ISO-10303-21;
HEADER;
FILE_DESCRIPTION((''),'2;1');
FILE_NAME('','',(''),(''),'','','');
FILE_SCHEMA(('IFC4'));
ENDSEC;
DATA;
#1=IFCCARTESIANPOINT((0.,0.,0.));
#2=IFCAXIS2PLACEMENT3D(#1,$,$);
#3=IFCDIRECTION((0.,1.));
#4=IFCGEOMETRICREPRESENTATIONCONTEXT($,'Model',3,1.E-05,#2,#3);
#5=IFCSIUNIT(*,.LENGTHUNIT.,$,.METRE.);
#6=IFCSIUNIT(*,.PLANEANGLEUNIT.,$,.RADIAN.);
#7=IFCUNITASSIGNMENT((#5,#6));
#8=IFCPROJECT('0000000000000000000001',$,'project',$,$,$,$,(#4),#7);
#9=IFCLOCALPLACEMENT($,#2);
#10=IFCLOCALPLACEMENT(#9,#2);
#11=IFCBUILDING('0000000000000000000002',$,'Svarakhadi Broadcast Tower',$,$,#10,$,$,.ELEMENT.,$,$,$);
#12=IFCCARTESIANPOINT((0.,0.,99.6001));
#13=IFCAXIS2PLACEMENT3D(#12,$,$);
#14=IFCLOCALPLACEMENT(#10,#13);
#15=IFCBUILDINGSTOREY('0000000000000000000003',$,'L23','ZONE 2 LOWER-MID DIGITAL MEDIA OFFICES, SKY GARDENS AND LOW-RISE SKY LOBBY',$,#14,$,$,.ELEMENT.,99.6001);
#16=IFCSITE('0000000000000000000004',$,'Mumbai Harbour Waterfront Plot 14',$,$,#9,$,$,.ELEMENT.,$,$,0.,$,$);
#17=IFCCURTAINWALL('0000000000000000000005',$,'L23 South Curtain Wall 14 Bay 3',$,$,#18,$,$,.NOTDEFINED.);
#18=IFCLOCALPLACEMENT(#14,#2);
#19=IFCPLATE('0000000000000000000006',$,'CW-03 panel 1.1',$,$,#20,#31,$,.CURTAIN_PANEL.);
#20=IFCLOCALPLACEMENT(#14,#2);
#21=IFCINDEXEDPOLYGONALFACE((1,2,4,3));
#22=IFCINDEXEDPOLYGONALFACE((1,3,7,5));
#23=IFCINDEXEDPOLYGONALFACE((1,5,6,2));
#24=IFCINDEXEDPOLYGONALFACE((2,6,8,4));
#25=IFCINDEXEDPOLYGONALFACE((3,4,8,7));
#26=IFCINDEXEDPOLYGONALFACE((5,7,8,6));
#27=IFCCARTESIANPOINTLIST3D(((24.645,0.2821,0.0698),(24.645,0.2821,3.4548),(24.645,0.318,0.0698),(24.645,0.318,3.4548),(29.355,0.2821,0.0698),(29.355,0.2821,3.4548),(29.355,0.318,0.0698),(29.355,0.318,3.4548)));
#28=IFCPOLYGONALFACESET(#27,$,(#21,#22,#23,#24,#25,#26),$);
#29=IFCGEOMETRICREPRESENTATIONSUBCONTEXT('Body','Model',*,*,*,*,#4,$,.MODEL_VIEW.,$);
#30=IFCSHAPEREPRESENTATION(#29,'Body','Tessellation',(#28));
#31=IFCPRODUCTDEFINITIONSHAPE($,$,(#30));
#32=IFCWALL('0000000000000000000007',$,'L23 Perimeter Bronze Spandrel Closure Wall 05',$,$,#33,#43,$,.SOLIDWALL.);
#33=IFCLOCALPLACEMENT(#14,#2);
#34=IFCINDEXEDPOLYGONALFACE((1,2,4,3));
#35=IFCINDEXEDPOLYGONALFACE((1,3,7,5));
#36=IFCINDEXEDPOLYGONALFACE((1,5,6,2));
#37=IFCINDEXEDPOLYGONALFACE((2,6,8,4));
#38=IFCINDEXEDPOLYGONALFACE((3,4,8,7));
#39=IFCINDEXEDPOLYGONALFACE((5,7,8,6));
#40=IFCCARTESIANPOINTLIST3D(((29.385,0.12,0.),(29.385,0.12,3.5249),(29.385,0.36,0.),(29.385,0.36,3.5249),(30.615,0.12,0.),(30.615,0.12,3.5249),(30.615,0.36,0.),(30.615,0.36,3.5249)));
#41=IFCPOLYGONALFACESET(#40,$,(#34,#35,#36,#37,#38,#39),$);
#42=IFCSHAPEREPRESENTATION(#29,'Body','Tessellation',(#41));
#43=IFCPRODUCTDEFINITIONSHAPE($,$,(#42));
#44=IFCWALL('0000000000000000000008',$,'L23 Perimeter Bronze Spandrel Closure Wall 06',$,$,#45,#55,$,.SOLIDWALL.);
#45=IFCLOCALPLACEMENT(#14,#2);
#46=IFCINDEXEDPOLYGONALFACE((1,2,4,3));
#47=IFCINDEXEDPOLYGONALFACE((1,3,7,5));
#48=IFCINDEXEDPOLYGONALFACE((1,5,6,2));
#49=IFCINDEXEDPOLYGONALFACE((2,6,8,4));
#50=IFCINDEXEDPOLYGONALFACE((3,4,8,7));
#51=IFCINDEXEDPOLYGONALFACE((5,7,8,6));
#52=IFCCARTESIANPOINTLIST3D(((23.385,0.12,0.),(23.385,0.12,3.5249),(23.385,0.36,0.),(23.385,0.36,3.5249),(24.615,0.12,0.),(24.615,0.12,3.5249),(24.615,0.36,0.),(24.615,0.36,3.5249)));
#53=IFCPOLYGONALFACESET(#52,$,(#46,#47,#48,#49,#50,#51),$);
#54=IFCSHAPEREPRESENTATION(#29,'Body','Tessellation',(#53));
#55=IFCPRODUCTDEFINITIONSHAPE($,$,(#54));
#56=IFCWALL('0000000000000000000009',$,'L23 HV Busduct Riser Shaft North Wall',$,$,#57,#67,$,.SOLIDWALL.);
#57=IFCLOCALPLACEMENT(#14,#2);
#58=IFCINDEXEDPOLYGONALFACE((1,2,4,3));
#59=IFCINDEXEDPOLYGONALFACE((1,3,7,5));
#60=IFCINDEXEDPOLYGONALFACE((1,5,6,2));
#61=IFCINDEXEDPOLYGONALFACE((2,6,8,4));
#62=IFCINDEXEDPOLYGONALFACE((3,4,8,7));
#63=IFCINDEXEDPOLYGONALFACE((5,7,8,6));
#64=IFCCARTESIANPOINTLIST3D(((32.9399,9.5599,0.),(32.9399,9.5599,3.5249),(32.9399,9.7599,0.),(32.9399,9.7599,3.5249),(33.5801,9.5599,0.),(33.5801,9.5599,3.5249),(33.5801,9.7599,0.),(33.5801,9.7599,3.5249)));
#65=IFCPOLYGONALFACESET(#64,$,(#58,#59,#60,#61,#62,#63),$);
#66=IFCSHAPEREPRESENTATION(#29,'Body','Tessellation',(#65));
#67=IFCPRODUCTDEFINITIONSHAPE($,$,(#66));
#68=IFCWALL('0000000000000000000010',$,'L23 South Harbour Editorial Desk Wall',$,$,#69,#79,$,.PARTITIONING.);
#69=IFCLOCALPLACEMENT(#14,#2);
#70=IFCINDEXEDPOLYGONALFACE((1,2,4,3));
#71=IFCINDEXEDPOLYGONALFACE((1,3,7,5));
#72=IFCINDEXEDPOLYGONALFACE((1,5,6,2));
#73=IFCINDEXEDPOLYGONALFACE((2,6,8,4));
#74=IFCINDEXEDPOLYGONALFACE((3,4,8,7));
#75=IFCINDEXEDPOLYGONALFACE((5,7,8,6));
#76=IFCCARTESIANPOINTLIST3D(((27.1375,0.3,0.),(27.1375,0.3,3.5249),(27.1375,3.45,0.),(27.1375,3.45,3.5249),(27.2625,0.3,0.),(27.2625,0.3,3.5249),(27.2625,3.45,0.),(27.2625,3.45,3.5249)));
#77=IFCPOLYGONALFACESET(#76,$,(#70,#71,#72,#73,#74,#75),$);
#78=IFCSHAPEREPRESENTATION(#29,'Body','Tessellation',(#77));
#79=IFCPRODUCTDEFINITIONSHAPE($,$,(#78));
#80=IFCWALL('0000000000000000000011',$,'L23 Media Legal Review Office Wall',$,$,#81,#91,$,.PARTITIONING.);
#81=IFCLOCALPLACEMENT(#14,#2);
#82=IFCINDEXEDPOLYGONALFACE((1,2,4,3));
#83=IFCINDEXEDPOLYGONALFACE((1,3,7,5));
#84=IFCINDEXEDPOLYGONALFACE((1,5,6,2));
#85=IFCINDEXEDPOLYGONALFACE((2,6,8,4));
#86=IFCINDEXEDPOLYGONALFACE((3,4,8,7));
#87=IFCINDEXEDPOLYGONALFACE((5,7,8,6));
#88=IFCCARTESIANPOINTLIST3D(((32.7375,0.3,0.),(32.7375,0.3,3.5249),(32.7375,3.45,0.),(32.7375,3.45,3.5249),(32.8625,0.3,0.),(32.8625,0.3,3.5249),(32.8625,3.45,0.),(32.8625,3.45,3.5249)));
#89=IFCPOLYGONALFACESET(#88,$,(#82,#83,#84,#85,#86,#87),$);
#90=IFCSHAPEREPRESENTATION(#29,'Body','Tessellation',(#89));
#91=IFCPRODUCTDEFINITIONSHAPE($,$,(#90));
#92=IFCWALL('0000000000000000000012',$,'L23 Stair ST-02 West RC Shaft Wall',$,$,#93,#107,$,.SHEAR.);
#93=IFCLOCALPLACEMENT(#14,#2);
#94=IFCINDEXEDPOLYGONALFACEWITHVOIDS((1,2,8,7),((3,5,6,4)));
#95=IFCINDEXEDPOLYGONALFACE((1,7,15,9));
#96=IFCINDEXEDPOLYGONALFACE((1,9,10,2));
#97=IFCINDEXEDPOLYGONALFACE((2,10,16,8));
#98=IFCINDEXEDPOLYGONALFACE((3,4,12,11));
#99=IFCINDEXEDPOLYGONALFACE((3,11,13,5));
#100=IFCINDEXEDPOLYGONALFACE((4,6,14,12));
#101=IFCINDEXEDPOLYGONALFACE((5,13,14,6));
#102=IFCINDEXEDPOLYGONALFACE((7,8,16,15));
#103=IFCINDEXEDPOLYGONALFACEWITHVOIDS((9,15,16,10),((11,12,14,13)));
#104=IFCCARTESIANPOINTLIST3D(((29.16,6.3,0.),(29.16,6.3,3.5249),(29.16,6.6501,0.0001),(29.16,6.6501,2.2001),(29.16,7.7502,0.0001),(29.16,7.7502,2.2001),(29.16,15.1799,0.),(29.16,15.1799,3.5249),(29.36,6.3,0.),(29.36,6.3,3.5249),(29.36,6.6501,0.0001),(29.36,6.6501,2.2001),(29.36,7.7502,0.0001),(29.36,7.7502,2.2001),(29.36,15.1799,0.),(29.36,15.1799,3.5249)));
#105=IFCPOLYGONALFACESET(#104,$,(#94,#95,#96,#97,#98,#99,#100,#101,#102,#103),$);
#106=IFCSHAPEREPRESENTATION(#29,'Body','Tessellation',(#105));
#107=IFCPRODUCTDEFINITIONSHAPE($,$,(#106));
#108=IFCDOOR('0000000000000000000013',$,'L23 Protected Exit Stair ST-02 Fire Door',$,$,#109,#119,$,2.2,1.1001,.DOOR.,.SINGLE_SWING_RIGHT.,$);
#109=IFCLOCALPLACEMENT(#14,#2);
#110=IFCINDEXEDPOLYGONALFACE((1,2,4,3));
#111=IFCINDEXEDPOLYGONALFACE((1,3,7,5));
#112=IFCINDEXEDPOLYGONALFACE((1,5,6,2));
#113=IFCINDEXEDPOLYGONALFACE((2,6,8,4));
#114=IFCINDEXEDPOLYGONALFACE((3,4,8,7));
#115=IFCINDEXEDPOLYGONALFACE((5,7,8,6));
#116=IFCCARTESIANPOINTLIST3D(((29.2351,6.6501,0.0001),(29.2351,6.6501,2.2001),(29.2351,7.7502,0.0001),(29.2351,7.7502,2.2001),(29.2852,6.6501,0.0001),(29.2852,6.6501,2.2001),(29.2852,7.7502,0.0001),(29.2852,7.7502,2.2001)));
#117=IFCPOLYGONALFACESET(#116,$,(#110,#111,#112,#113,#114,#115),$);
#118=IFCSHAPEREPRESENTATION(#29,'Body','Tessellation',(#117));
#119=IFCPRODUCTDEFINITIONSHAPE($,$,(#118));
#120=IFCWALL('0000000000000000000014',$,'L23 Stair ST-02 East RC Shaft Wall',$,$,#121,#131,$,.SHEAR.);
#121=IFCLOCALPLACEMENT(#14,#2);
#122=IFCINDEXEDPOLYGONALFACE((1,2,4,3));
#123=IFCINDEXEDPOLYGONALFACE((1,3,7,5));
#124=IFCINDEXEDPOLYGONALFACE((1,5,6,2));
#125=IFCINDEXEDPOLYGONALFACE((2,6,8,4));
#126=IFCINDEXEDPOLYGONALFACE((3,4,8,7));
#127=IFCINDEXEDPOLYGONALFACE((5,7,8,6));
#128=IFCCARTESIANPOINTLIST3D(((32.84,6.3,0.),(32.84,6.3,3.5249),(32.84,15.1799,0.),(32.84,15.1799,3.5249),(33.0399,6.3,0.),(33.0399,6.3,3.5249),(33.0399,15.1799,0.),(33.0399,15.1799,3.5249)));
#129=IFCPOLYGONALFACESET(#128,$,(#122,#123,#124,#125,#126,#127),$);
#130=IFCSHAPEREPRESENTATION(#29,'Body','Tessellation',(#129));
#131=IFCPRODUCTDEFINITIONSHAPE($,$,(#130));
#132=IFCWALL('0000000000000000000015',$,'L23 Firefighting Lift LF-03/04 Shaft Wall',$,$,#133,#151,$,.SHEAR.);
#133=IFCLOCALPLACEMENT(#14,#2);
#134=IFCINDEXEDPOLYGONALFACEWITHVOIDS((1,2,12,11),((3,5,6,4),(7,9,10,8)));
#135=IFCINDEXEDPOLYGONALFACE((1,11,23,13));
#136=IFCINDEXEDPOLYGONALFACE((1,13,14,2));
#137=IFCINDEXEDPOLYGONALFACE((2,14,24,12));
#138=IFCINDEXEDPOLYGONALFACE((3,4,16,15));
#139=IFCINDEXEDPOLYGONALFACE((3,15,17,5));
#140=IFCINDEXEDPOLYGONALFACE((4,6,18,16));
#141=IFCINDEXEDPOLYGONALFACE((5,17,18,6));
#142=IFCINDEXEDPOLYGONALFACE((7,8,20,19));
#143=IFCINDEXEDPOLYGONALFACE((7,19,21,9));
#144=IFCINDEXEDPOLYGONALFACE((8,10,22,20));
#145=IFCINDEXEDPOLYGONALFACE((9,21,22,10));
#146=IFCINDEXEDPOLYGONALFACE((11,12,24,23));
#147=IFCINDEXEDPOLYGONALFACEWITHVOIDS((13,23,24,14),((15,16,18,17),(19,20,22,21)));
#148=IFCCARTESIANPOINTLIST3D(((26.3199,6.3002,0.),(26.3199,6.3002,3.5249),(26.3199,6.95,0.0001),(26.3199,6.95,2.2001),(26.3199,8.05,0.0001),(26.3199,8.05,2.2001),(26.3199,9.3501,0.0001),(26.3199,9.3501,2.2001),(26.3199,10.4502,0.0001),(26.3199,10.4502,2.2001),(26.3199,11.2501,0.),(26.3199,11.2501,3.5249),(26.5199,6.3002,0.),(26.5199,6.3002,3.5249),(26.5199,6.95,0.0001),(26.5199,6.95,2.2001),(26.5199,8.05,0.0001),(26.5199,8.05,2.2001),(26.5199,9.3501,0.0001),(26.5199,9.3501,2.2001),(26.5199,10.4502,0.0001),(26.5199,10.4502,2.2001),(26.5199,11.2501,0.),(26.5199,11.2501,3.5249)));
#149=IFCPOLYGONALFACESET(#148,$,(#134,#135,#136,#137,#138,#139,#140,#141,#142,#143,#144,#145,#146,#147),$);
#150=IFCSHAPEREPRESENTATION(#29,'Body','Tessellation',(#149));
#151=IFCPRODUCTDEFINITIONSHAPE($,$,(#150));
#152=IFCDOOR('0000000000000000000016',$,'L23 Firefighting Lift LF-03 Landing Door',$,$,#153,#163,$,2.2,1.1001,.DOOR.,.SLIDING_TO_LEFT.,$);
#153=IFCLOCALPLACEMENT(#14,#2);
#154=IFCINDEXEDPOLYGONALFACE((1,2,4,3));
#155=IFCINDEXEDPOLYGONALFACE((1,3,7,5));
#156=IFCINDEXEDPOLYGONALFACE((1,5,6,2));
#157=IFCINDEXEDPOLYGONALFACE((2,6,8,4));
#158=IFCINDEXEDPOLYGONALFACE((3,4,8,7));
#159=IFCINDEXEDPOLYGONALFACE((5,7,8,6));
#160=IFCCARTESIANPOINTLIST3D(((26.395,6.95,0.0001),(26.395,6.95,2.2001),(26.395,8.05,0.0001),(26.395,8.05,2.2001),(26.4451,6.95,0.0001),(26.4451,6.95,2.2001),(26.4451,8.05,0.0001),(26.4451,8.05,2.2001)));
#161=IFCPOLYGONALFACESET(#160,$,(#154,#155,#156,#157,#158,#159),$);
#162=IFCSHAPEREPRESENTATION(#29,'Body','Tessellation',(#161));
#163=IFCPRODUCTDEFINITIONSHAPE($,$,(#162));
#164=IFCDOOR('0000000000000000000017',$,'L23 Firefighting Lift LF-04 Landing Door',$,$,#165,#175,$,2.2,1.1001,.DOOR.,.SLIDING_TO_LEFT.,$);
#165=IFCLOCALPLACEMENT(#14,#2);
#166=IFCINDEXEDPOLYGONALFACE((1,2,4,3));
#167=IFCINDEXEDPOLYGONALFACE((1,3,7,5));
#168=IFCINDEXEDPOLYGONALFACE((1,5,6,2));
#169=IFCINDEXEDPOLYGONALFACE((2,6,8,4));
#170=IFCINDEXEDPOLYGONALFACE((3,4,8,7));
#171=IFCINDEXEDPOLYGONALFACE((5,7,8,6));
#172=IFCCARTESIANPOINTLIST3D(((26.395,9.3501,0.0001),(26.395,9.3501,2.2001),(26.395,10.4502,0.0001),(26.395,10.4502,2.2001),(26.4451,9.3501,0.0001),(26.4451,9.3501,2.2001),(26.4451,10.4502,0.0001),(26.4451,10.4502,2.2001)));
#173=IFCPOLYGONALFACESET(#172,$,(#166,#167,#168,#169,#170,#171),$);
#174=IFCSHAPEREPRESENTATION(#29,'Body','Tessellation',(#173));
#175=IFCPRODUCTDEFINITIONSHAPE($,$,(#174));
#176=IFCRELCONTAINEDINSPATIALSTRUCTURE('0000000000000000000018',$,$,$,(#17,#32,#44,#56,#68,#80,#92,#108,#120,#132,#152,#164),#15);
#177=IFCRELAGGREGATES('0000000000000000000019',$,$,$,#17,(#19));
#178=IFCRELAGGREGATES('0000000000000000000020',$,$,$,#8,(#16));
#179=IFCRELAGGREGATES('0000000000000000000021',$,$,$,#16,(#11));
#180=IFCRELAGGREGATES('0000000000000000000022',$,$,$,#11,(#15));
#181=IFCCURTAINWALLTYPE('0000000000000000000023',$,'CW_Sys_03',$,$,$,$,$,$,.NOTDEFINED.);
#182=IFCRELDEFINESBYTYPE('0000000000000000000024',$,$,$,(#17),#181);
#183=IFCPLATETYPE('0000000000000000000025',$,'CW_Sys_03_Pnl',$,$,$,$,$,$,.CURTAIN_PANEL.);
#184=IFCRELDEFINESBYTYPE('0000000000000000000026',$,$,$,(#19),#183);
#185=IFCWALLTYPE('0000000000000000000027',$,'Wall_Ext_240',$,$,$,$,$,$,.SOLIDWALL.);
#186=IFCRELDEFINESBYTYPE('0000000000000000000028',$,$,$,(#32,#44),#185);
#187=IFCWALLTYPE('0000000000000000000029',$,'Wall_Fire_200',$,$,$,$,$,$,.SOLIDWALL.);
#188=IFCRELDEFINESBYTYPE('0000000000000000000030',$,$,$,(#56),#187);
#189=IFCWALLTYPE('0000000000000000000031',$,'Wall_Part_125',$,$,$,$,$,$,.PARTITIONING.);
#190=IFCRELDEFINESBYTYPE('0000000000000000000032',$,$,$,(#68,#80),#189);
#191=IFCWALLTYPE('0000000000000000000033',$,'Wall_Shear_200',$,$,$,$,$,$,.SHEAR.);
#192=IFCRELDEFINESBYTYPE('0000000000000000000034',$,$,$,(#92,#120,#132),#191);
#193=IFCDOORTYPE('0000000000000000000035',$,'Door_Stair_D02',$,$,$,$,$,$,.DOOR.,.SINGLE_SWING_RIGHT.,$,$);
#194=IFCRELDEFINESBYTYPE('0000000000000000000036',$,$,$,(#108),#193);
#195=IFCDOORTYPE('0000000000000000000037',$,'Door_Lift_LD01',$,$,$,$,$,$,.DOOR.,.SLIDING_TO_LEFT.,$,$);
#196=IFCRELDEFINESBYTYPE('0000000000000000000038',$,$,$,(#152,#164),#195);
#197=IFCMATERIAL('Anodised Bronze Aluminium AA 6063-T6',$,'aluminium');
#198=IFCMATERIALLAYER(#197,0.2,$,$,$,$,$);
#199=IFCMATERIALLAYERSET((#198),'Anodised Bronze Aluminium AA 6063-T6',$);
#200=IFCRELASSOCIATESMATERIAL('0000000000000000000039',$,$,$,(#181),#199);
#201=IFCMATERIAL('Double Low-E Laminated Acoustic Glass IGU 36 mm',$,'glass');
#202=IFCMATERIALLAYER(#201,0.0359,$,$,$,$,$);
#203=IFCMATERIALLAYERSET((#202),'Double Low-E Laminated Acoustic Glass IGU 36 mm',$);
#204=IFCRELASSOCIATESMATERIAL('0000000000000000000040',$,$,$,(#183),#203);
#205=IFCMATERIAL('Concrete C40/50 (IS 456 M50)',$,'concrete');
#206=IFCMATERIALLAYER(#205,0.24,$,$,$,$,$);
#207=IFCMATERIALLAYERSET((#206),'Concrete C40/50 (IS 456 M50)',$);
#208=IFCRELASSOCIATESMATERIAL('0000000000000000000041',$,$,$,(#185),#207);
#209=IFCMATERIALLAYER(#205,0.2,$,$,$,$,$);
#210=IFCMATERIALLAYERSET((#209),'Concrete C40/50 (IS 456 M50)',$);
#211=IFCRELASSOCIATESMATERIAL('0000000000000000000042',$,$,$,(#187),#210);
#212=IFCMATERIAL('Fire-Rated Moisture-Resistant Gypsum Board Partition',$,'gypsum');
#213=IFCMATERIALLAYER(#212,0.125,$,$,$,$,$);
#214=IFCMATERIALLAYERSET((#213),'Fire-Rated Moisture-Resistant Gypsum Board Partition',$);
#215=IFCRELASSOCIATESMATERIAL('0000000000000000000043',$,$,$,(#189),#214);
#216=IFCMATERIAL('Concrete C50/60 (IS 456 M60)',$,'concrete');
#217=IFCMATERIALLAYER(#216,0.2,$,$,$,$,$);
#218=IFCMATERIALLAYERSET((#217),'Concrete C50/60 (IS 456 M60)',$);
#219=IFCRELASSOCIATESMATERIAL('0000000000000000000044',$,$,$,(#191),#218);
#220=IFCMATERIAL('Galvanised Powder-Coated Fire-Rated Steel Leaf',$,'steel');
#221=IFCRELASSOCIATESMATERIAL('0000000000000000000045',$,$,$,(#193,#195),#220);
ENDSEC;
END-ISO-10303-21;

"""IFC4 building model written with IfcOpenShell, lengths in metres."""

from ifc_helpers import new_model, si_unit, direction, frame, frame_2d, origin, origin_2d, place, context, subcontext, project, spatial, rectangle, extrude, material, layer, layer_set, type_object, element, fill, aggregate, save


model = new_model("IFC4")

# Units and contexts
model_context = context("Model", 3, precision=1e-05, world=origin(), true_north=direction((0.0, 1.0)))
body_context = subcontext(model_context, "Body", "Model", "MODEL_VIEW")
ifc_project = project(units=[si_unit("LENGTHUNIT", "METRE"), si_unit("PLANEANGLEUNIT", "RADIAN")], contexts=[model_context])

# Site, building, storey
site_placement = place(None, origin())
site = spatial("IfcSite", under=ifc_project, at=site_placement, Name="Mumbai Harbour Waterfront Plot 14", CompositionType="ELEMENT", RefElevation=0.0)
building_placement = place(site_placement, origin())
building = spatial("IfcBuilding", under=site, at=building_placement, Name="Svarakhadi Broadcast Tower", CompositionType="ELEMENT")
storey_placement = place(building_placement, frame((0.0, 0.0, 99.6001)))
storey = spatial("IfcBuildingStorey", under=building, at=storey_placement, Name="L23", Description="ZONE 2 LOWER-MID DIGITAL MEDIA OFFICES, SKY GARDENS AND LOW-RISE SKY LOBBY", CompositionType="ELEMENT", Elevation=99.6001)

# Shared definitions
ifc_material_1 = material(Name="Concrete C50/60 (IS 456 M60)", Category="concrete")

# Shared definitions
ifc_material_2 = material(Name="Anodised Bronze Aluminium AA 6063-T6", Category="aluminium")
ifc_layer_1 = layer(ifc_material_2, 0.2)
ifc_layer_set_1 = layer_set([ifc_layer_1], Name="Anodised Bronze Aluminium AA 6063-T6")
curtain_wall_type = type_object("IfcCurtainWallType", Name="CW_Sys_03", PredefinedType="NOTDEFINED", material=ifc_layer_set_1)

# Curtain wall
curtain_wall_1_placement = place(storey_placement, origin())
curtain_wall_1 = element("IfcCurtainWall", 1, at=curtain_wall_1_placement, inside=storey, type_object=curtain_wall_type, Name="L23 South Curtain Wall 14 Bay 3", PredefinedType="NOTDEFINED")

# Plate
ifc_material_3 = material(Name="Double Low-E Laminated Acoustic Glass IGU 36 mm", Category="glass")
ifc_layer_2 = layer(ifc_material_3, 0.0359)
ifc_layer_set_2 = layer_set([ifc_layer_2], Name="Double Low-E Laminated Acoustic Glass IGU 36 mm")
plate_type = type_object("IfcPlateType", Name="CW_Sys_03_Pnl", PredefinedType="CURTAIN_PANEL", material=ifc_layer_set_2)
plate_1_placement = place(storey_placement, frame((27.0, 0.3, 0.0698), z_axis=(0.0, 0.0, 1.0), x_axis=(-1.0, 0.0, 0.0)))
plate_1 = element("IfcPlate", 2, at=plate_1_placement, type_object=plate_type, Name="CW-03 panel 1.1", PredefinedType="CURTAIN_PANEL", context=body_context, shape_type="SweptSolid", body=[
    extrude(rectangle(XDim=4.71, YDim=0.0359, at=origin_2d()), origin(), (0.0, 0.0, 1.0), 3.385),
])
aggregate(curtain_wall_1, [plate_1])

# Walls
ifc_material_4 = material(Name="Concrete C40/50 (IS 456 M50)", Category="concrete")
ifc_layer_3 = layer(ifc_material_4, 0.24)
ifc_layer_set_3 = layer_set([ifc_layer_3], Name="Concrete C40/50 (IS 456 M50)")
wall_type_1 = type_object("IfcWallType", Name="Wall_Ext_240", PredefinedType="SOLIDWALL", material=ifc_layer_set_3)
for number, where, z_axis, x_axis, name in (
    (3, (30.615, 0.24, 0.0), (0.0, 0.0, 1.0), (-1.0, 0.0, 0.0), "L23 Perimeter Bronze Spandrel Closure Wall 05"),
    (4, (24.615, 0.24, 0.0), (0.0, 0.0, 1.0), (-1.0, 0.0, 0.0), "L23 Perimeter Bronze Spandrel Closure Wall 06"),
):
    element("IfcWall", number, at=place(storey_placement, frame(where, z_axis=z_axis, x_axis=x_axis)), inside=storey, type_object=wall_type_1, Name=name, PredefinedType="SOLIDWALL", context=body_context, shape_type="SweptSolid", body=[
        extrude(rectangle(XDim=1.23, YDim=0.24, at=frame_2d((0.615, 0.0))), origin(), (0.0, 0.0, 1.0), 3.5249),
    ])
ifc_layer_4 = layer(ifc_material_4, 0.2)
ifc_layer_set_4 = layer_set([ifc_layer_4], Name="Concrete C40/50 (IS 456 M50)")
wall_type_2 = type_object("IfcWallType", Name="Wall_Fire_200", PredefinedType="SOLIDWALL", material=ifc_layer_set_4)
wall_1_placement = place(storey_placement, frame((32.9399, 9.6599, 0.0), z_axis=(0.0, 0.0, 1.0), x_axis=(1.0, 0.0, 0.0)))
element("IfcWall", 5, at=wall_1_placement, inside=storey, type_object=wall_type_2, Name="L23 HV Busduct Riser Shaft North Wall", PredefinedType="SOLIDWALL", context=body_context, shape_type="SweptSolid", body=[
    extrude(rectangle(XDim=0.6401, YDim=0.2, at=frame_2d((0.3201, 0.0))), origin(), (0.0, 0.0, 1.0), 3.5249),
])
ifc_material_5 = material(Name="Fire-Rated Moisture-Resistant Gypsum Board Partition", Category="gypsum")
ifc_layer_5 = layer(ifc_material_5, 0.125)
ifc_layer_set_5 = layer_set([ifc_layer_5], Name="Fire-Rated Moisture-Resistant Gypsum Board Partition")
wall_type_3 = type_object("IfcWallType", Name="Wall_Part_125", PredefinedType="PARTITIONING", material=ifc_layer_set_5)
for number, where, z_axis, x_axis, name in (
    (6, (27.2, 0.3, 0.0), (0.0, 0.0, 1.0), (0.0, 1.0, 0.0), "L23 South Harbour Editorial Desk Wall"),
    (7, (32.8, 0.3, 0.0), (0.0, 0.0, 1.0), (0.0, 1.0, 0.0), "L23 Media Legal Review Office Wall"),
):
    element("IfcWall", number, at=place(storey_placement, frame(where, z_axis=z_axis, x_axis=x_axis)), inside=storey, type_object=wall_type_3, Name=name, PredefinedType="PARTITIONING", context=body_context, shape_type="SweptSolid", body=[
        extrude(rectangle(XDim=3.1499, YDim=0.125, at=frame_2d((1.575, 0.0))), origin(), (0.0, 0.0, 1.0), 3.5249),
    ])

# Wall, opening, door
ifc_layer_6 = layer(ifc_material_1, 0.2)
ifc_layer_set_6 = layer_set([ifc_layer_6], Name="Concrete C50/60 (IS 456 M60)")
wall_type_4 = type_object("IfcWallType", Name="Wall_Shear_200", PredefinedType="SHEAR", material=ifc_layer_set_6)
wall_2_placement = place(storey_placement, frame((29.26, 6.3, 0.0), z_axis=(0.0, 0.0, 1.0), x_axis=(0.0, 1.0, 0.0)))
wall_2 = element("IfcWall", 8, at=wall_2_placement, inside=storey, type_object=wall_type_4, Name="L23 Stair ST-02 West RC Shaft Wall", PredefinedType="SHEAR", context=body_context, shape_type="SweptSolid", body=[
    extrude(rectangle(XDim=8.8799, YDim=0.2, at=frame_2d((4.4399, 0.0))), origin(), (0.0, 0.0, 1.0), 3.5249),
])
opening_1_placement = place(wall_2_placement, frame((0.3501, 0.0, 0.0)))
opening_1 = element("IfcOpeningElement", 9, at=opening_1_placement, cuts=wall_2, PredefinedType="OPENING", context=body_context, shape_type="SweptSolid", body=[
    extrude(rectangle(XDim=1.1001, YDim=2.2, at=frame_2d((0.55, 1.1001))), frame((0.0, 0.1099, 0.0), z_axis=(0.0, -1.0, 0.0), x_axis=(1.0, 0.0, 0.0)), (0.0, 0.0, 1.0), 0.22),
])
ifc_material_6 = material(Name="Galvanised Powder-Coated Fire-Rated Steel Leaf", Category="steel")
door_type_1 = type_object("IfcDoorType", Name="Door_Stair_D02", OperationType="SINGLE_SWING_RIGHT", PredefinedType="DOOR", material=ifc_material_6)
door_1_placement = place(opening_1_placement, origin())
door_1 = element("IfcDoor", 10, at=door_1_placement, inside=storey, type_object=door_type_1, Name="L23 Protected Exit Stair ST-02 Fire Door", OperationType="SINGLE_SWING_RIGHT", OverallHeight=2.2, OverallWidth=1.1001, PredefinedType="DOOR", context=body_context, shape_type="SweptSolid", body=[
    extrude(rectangle(XDim=1.1001, YDim=2.2, at=frame_2d((0.55, 1.1001))), frame((0.0, 0.0249, 0.0), z_axis=(0.0, -1.0, 0.0), x_axis=(1.0, 0.0, 0.0)), (0.0, 0.0, 1.0), 0.05),
])
fill(opening_1, door_1)

# Wall
wall_3_placement = place(storey_placement, frame((32.9399, 6.3, 0.0), z_axis=(0.0, 0.0, 1.0), x_axis=(0.0, 1.0, 0.0)))
element("IfcWall", 11, at=wall_3_placement, inside=storey, type_object=wall_type_4, Name="L23 Stair ST-02 East RC Shaft Wall", PredefinedType="SHEAR", context=body_context, shape_type="SweptSolid", body=[
    extrude(rectangle(XDim=8.8799, YDim=0.2, at=frame_2d((4.4399, 0.0))), origin(), (0.0, 0.0, 1.0), 3.5249),
])

# Wall, openings, doors
wall_4_placement = place(storey_placement, frame((26.4199, 6.3, 0.0), z_axis=(0.0, 0.0, 1.0), x_axis=(0.0, 1.0, 0.0)))
wall_4 = element("IfcWall", 12, at=wall_4_placement, inside=storey, type_object=wall_type_4, Name="L23 Firefighting Lift LF-03/04 Shaft Wall", PredefinedType="SHEAR", context=body_context, shape_type="SweptSolid", body=[
    extrude(rectangle(XDim=4.95, YDim=0.2, at=frame_2d((2.4751, 0.0))), origin(), (0.0, 0.0, 1.0), 3.5249),
])
opening_2_placement = place(wall_4_placement, frame((0.6499, 0.0, 0.0)))
opening_2 = element("IfcOpeningElement", 13, at=opening_2_placement, cuts=wall_4, PredefinedType="OPENING", context=body_context, shape_type="SweptSolid", body=[
    extrude(rectangle(XDim=1.1001, YDim=2.2, at=frame_2d((0.55, 1.1001))), frame((0.0, 0.1099, 0.0), z_axis=(0.0, -1.0, 0.0), x_axis=(1.0, 0.0, 0.0)), (0.0, 0.0, 1.0), 0.22),
])
opening_3_placement = place(wall_4_placement, frame((3.05, 0.0, 0.0)))
opening_3 = element("IfcOpeningElement", 14, at=opening_3_placement, cuts=wall_4, PredefinedType="OPENING", context=body_context, shape_type="SweptSolid", body=[
    extrude(rectangle(XDim=1.1001, YDim=2.2, at=frame_2d((0.55, 1.1001))), frame((0.0, 0.1099, 0.0), z_axis=(0.0, -1.0, 0.0), x_axis=(1.0, 0.0, 0.0)), (0.0, 0.0, 1.0), 0.22),
])
door_type_2 = type_object("IfcDoorType", Name="Door_Lift_LD01", OperationType="SLIDING_TO_LEFT", PredefinedType="DOOR", material=ifc_material_6)
door_2_placement = place(opening_2_placement, origin())
door_2 = element("IfcDoor", 15, at=door_2_placement, inside=storey, type_object=door_type_2, Name="L23 Firefighting Lift LF-03 Landing Door", OperationType="SLIDING_TO_LEFT", OverallHeight=2.2, OverallWidth=1.1001, PredefinedType="DOOR", context=body_context, shape_type="SweptSolid", body=[
    extrude(rectangle(XDim=1.1001, YDim=2.2, at=frame_2d((0.55, 1.1001))), frame((0.0, 0.0249, 0.0), z_axis=(0.0, -1.0, 0.0), x_axis=(1.0, 0.0, 0.0)), (0.0, 0.0, 1.0), 0.05),
])
fill(opening_2, door_2)
door_3_placement = place(opening_3_placement, origin())
door_3 = element("IfcDoor", 16, at=door_3_placement, inside=storey, type_object=door_type_2, Name="L23 Firefighting Lift LF-04 Landing Door", OperationType="SLIDING_TO_LEFT", OverallHeight=2.2, OverallWidth=1.1001, PredefinedType="DOOR", context=body_context, shape_type="SweptSolid", body=[
    extrude(rectangle(XDim=1.1001, YDim=2.2, at=frame_2d((0.55, 1.1001))), frame((0.0, 0.0249, 0.0), z_axis=(0.0, -1.0, 0.0), x_axis=(1.0, 0.0, 0.0)), (0.0, 0.0, 1.0), 0.05),
])
fill(opening_3, door_3)

save(model, "model.ifc")
